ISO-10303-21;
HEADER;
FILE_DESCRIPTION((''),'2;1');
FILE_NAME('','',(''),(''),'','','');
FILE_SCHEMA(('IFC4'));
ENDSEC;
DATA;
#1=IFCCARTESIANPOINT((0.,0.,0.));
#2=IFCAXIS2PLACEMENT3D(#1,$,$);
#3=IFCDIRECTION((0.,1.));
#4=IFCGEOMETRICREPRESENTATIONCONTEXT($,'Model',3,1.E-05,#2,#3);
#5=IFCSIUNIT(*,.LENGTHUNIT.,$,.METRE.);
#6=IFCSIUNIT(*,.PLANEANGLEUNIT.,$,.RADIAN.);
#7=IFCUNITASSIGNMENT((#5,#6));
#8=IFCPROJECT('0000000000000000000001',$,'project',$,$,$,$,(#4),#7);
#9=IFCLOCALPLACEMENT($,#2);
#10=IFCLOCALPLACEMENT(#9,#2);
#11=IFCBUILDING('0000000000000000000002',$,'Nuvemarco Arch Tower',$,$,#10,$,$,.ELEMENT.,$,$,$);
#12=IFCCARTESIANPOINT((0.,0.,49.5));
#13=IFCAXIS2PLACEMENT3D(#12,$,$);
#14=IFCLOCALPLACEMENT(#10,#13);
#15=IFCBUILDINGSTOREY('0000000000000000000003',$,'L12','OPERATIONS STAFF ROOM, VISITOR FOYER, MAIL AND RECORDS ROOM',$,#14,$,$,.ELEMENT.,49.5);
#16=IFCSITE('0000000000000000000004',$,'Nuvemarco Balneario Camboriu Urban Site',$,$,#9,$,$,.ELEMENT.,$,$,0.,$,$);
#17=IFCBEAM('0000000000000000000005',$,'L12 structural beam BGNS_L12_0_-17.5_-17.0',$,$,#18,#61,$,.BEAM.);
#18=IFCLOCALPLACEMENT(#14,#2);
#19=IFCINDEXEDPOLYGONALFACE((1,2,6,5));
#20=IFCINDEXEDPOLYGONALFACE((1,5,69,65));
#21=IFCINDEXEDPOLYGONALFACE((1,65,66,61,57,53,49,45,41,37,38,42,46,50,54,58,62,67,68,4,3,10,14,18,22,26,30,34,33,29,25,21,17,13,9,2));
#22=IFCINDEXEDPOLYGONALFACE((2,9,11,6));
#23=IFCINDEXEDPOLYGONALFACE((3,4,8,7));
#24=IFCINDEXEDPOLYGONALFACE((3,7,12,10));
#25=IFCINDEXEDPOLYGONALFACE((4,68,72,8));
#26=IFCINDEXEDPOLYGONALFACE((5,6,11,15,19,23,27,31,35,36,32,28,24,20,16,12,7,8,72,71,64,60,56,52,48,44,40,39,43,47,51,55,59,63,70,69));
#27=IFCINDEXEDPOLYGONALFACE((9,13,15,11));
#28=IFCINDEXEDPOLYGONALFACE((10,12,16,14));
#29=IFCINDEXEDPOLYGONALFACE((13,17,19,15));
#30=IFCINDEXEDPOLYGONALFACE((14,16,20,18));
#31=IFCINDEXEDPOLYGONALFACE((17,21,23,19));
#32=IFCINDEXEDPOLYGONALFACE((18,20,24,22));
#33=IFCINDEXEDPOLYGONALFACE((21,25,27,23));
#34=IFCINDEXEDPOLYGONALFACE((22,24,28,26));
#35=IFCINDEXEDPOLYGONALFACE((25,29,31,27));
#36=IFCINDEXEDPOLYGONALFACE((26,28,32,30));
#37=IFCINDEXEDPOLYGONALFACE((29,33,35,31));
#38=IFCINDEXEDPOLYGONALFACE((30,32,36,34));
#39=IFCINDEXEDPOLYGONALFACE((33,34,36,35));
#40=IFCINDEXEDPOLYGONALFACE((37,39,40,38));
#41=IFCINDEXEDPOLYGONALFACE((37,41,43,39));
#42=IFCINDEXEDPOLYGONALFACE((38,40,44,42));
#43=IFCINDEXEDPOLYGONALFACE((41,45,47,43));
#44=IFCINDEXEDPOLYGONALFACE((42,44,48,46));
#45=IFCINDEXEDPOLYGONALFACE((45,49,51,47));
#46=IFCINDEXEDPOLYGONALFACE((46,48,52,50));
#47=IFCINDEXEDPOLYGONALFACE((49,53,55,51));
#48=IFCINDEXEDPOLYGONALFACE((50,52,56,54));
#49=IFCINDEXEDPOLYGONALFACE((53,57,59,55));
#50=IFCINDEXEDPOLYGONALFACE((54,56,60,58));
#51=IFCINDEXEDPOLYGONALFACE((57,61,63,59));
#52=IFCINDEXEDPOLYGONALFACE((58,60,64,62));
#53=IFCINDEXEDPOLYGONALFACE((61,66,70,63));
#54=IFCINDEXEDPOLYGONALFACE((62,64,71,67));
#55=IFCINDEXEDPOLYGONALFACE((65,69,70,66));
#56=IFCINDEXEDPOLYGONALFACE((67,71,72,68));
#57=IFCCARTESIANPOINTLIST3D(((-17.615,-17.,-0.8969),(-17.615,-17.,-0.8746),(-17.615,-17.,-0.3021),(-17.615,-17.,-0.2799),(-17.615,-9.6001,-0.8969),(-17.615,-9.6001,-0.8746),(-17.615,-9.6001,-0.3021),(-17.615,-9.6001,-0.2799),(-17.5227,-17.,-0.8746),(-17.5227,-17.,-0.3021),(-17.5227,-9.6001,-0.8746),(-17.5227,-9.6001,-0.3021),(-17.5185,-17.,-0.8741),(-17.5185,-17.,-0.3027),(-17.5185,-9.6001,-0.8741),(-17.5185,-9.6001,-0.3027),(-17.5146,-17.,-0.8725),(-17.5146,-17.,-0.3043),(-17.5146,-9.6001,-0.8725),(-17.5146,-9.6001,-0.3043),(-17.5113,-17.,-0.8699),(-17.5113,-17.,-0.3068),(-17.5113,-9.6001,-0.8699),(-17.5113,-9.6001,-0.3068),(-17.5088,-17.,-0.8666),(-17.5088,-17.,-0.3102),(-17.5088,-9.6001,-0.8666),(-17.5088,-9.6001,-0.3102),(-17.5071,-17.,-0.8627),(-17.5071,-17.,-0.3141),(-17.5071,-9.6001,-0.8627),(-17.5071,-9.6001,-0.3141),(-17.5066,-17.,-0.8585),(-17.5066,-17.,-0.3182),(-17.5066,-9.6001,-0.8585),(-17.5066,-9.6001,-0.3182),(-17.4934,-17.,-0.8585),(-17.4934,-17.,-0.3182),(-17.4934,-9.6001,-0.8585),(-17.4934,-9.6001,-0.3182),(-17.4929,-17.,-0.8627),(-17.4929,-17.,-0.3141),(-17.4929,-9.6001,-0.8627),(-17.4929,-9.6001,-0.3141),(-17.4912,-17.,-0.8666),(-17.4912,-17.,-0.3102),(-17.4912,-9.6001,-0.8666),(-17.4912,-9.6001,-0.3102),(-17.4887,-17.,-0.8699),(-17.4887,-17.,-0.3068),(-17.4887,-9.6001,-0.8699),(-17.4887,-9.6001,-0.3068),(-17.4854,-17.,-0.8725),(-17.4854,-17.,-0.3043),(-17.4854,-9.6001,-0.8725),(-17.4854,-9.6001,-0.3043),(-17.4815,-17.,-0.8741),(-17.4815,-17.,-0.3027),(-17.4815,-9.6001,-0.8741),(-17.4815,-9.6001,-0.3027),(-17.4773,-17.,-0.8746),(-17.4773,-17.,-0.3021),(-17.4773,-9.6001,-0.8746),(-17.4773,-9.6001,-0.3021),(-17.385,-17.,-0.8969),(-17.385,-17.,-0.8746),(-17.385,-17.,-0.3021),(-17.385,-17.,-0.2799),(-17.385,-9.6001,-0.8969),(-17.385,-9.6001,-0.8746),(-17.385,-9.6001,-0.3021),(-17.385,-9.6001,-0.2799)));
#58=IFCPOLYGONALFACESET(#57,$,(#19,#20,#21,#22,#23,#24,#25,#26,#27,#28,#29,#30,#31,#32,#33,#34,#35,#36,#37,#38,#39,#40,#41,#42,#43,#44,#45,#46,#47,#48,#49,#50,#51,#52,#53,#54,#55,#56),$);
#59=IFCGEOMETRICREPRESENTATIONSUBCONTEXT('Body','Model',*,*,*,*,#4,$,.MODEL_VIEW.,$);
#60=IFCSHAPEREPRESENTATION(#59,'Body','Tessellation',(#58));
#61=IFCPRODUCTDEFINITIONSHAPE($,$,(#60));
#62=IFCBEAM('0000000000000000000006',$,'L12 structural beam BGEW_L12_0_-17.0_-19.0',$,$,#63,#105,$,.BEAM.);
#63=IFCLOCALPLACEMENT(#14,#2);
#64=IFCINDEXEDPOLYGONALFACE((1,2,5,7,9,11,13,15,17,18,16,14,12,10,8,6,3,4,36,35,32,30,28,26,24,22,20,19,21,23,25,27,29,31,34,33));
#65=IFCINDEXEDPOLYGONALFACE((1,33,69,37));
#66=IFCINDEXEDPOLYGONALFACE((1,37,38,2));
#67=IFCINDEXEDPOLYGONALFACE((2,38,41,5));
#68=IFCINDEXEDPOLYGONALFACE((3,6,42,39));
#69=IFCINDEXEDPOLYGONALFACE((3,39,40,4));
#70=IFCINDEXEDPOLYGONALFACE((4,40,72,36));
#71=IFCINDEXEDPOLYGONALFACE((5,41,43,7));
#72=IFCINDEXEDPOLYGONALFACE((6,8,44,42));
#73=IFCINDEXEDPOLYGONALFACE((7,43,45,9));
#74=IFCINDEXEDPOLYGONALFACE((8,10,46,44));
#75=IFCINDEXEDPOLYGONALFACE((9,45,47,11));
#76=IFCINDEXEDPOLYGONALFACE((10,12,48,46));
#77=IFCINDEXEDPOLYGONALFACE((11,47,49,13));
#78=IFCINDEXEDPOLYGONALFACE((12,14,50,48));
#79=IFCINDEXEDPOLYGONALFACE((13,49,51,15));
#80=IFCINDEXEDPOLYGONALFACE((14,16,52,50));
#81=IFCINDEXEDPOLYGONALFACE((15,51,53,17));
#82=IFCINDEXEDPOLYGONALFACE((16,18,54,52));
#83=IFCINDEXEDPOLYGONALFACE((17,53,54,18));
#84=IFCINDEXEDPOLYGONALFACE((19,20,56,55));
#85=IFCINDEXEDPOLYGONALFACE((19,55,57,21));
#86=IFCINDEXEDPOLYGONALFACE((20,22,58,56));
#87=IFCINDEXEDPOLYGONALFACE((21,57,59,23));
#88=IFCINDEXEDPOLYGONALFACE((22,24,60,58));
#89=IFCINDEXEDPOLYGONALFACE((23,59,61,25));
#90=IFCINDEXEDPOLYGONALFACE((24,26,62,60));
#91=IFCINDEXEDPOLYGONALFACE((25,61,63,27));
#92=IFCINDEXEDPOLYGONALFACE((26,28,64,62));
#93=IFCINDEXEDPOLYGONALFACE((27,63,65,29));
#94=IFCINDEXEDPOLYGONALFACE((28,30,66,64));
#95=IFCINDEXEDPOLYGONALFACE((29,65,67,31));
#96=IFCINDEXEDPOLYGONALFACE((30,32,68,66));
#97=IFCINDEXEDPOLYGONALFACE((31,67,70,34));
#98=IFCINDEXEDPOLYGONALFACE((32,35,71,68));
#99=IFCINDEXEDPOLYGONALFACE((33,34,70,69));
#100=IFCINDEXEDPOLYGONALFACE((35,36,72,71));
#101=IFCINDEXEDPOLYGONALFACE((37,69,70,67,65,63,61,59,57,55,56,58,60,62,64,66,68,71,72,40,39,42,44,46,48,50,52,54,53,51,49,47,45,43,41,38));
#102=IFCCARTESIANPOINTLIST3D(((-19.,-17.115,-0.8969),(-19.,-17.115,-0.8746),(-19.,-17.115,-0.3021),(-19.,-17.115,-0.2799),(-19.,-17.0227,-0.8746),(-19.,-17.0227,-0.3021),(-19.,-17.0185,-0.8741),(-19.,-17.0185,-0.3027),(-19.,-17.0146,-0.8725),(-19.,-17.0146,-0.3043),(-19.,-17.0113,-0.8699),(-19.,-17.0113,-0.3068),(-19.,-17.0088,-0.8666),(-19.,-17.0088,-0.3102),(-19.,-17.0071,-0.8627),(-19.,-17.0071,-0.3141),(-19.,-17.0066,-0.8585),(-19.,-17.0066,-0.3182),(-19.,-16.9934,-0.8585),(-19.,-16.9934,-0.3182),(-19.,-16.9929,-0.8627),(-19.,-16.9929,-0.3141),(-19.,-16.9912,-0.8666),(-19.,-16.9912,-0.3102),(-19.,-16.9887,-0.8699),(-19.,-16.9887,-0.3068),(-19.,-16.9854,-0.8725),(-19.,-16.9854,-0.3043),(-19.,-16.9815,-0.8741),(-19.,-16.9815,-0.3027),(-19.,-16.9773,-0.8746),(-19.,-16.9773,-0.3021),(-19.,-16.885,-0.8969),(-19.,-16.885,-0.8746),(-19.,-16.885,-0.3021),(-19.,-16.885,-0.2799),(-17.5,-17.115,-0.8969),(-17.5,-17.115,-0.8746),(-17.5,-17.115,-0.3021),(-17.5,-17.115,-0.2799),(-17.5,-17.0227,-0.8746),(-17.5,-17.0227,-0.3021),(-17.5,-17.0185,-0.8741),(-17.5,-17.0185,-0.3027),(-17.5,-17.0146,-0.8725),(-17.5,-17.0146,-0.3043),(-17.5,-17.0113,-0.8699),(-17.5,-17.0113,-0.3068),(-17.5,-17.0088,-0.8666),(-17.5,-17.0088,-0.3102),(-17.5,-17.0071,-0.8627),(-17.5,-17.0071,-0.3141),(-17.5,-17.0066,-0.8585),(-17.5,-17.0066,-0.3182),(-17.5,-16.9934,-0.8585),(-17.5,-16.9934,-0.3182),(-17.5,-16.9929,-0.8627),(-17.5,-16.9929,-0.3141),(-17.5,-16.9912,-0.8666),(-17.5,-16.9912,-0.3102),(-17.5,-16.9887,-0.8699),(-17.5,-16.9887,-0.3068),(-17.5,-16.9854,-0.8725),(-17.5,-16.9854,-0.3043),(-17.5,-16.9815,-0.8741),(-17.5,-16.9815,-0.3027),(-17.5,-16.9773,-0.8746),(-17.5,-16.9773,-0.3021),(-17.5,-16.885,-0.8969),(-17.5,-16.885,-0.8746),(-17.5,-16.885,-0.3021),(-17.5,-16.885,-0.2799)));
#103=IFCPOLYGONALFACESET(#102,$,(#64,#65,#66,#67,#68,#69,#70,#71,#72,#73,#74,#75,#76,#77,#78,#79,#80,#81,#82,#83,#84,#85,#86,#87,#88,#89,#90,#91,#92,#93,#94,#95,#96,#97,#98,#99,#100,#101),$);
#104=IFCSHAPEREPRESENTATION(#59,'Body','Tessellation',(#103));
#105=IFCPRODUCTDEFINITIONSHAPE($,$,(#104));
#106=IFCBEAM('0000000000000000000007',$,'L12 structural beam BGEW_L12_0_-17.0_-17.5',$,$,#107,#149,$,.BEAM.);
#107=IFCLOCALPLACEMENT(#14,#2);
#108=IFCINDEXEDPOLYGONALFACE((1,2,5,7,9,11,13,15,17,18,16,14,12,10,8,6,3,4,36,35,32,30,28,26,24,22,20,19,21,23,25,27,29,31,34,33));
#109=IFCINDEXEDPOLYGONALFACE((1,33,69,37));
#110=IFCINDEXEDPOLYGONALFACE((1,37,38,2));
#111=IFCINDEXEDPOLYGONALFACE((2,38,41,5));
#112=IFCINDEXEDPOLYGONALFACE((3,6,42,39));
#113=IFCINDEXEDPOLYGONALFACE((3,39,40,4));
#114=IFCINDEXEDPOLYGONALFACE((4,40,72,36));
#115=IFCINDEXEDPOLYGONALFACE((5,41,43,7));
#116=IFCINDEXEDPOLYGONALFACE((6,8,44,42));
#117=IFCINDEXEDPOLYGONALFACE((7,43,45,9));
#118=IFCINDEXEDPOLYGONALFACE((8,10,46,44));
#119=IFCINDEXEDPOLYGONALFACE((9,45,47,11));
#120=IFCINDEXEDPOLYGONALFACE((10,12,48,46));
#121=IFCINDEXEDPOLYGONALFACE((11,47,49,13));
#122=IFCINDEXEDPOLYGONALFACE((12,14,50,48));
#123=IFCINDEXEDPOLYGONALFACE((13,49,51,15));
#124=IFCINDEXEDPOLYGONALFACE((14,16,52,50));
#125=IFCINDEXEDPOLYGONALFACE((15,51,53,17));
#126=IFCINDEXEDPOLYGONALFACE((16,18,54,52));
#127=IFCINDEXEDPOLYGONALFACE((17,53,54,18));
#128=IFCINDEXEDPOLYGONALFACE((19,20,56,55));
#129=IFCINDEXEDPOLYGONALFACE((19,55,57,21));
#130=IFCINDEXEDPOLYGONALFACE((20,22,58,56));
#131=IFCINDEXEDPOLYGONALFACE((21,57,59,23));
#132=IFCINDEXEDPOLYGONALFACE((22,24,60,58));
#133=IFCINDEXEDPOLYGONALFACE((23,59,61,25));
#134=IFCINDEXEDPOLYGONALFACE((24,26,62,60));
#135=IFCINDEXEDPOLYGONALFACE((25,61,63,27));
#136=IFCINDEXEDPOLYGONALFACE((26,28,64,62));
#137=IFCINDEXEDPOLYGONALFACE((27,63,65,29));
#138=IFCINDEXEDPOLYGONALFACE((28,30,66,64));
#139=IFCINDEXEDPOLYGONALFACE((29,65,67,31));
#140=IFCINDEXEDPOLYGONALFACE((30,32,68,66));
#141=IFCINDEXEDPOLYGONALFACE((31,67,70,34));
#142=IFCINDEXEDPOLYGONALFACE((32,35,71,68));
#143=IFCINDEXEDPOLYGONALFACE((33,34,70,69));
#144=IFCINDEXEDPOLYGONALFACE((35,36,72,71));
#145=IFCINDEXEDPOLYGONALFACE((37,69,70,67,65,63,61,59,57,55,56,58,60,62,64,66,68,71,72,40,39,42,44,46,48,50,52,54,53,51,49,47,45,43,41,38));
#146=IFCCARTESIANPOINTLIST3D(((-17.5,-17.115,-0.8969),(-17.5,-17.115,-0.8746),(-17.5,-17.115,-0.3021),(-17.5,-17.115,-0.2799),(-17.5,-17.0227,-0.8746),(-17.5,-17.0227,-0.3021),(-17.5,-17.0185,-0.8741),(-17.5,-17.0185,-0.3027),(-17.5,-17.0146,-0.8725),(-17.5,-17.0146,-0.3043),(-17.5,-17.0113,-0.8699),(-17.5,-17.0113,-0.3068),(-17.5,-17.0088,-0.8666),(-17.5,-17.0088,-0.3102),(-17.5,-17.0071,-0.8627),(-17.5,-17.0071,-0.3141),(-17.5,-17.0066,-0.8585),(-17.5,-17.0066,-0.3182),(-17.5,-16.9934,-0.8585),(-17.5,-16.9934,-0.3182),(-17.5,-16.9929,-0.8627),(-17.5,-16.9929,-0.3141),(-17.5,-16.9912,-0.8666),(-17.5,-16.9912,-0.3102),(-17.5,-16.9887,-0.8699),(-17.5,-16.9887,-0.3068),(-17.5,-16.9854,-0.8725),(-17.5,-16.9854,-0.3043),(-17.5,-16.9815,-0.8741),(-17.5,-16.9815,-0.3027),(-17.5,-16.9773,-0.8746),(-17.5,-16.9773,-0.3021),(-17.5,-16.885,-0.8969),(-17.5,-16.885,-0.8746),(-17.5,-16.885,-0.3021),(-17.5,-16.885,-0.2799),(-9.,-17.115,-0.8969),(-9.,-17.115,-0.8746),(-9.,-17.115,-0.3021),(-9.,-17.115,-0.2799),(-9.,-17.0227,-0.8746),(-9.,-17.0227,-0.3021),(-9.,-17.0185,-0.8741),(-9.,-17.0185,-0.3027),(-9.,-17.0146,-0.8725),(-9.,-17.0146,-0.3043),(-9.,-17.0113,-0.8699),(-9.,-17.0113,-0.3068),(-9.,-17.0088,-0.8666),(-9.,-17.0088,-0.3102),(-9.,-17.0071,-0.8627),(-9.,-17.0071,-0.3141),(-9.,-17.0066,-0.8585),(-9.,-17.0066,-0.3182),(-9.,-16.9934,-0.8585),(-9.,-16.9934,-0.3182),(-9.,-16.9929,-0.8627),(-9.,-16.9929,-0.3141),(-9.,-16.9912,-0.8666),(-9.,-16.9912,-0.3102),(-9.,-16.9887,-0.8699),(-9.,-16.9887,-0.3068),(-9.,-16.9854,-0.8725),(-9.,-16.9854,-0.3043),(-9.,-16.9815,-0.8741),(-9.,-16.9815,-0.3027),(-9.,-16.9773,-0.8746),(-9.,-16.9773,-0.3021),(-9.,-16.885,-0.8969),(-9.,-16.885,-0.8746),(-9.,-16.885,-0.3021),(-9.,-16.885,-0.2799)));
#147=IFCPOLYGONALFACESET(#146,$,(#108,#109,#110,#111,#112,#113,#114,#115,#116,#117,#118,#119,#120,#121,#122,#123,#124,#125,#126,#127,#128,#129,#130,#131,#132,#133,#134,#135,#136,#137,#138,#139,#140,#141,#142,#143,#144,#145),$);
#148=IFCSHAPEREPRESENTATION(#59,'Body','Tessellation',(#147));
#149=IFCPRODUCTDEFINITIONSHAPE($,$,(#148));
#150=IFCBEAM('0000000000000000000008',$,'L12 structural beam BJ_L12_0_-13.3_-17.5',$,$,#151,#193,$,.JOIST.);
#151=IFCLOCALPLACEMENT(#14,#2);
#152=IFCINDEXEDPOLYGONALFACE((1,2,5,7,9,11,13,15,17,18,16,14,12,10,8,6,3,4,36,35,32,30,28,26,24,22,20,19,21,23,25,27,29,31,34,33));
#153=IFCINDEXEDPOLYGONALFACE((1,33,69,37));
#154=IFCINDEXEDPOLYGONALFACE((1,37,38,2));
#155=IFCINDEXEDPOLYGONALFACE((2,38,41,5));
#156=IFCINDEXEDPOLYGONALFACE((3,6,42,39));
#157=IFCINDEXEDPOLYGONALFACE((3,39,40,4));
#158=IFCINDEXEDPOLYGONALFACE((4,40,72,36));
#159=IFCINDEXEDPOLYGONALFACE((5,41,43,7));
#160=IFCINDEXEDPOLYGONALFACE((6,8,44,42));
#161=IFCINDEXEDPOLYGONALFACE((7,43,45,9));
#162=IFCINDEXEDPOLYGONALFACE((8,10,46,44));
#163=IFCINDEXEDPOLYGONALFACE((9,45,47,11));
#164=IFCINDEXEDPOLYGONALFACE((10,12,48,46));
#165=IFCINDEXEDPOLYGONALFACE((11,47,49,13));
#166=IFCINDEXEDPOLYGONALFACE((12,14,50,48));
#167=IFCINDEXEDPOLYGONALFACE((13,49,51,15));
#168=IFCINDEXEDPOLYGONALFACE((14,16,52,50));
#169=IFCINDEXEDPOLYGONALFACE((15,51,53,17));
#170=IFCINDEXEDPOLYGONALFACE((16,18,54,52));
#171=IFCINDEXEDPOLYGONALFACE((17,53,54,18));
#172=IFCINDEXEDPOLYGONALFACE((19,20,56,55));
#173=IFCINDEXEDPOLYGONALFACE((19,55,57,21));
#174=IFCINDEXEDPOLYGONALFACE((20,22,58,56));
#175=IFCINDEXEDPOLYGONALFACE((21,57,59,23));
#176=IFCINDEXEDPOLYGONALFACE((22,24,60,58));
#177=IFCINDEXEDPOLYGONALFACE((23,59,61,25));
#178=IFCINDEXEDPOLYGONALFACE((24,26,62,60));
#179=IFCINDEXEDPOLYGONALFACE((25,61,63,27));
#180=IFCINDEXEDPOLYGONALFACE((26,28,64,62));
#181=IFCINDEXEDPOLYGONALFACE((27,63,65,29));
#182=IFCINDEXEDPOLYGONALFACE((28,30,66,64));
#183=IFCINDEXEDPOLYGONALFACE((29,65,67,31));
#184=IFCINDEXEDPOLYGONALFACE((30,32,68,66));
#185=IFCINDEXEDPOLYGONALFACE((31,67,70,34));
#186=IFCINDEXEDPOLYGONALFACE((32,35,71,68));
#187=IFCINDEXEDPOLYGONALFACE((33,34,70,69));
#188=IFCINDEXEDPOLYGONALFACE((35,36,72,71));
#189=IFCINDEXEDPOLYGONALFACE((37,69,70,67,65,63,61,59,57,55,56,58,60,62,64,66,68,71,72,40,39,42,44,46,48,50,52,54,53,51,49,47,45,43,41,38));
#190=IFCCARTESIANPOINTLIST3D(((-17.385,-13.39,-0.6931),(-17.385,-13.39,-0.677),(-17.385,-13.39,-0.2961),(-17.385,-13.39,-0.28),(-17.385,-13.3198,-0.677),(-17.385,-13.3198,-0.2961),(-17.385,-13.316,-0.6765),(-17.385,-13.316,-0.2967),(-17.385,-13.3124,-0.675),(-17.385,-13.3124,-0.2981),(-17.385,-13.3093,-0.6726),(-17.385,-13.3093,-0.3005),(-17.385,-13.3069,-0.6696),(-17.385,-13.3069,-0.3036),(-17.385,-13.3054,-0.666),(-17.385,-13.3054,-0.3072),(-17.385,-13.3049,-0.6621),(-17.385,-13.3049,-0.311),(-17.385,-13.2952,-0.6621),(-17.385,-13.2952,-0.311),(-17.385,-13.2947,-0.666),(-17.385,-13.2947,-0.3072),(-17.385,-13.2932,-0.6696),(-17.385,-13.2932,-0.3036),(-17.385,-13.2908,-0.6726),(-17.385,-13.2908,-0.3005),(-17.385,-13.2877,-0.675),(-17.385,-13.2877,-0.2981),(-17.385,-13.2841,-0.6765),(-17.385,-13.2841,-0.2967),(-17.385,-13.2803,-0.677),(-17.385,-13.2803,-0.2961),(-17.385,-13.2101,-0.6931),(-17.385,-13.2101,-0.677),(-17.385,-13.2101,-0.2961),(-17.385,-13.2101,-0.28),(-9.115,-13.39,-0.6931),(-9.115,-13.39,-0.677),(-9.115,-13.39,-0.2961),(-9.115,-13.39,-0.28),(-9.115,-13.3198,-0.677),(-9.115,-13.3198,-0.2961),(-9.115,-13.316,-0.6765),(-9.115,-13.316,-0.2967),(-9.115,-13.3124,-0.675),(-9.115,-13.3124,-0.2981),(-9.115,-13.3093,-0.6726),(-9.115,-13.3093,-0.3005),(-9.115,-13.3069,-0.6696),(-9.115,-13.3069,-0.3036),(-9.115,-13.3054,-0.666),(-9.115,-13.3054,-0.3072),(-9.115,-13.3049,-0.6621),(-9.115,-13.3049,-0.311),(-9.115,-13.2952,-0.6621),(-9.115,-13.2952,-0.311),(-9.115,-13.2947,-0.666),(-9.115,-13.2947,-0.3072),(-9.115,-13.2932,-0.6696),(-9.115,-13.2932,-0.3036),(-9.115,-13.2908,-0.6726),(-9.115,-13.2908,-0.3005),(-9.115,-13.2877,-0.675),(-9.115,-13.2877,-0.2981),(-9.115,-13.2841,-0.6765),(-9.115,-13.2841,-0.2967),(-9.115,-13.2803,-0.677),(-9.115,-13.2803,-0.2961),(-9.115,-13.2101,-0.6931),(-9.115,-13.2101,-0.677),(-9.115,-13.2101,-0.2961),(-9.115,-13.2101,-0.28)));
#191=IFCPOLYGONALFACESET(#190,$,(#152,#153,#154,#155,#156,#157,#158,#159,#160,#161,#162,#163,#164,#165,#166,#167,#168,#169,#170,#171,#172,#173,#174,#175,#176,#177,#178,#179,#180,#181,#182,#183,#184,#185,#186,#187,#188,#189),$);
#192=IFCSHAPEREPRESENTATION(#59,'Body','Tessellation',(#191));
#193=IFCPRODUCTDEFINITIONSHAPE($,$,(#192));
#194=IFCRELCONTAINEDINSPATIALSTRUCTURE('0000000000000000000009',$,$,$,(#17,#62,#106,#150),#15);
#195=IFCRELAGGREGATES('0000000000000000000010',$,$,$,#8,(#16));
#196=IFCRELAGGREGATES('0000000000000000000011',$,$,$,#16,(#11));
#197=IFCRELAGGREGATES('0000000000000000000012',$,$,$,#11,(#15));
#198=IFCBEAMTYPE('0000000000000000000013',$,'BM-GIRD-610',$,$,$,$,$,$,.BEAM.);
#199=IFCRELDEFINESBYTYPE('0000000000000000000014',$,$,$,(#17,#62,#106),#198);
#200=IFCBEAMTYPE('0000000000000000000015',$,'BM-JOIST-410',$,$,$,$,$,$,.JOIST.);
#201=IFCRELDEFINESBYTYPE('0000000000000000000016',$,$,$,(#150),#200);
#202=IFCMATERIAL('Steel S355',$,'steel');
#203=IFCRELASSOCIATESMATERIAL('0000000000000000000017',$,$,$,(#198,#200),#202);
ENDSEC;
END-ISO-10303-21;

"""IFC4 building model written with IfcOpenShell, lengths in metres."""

from ifc_helpers import new_model, si_unit, direction, frame, origin, origin_2d, place, context, subcontext, project, spatial, i_section, extrude, material, material_profile, profile_set, type_object, element, save


model = new_model("IFC4")

# Units and contexts
model_context = context("Model", 3, precision=1e-05, world=origin(), true_north=direction((0.0, 1.0)))
body_context = subcontext(model_context, "Body", "Model", "MODEL_VIEW")
ifc_project = project(units=[si_unit("LENGTHUNIT", "METRE"), si_unit("PLANEANGLEUNIT", "RADIAN")], contexts=[model_context])

# Site, building, storey
site_placement = place(None, origin())
site = spatial("IfcSite", under=ifc_project, at=site_placement, Name="Nuvemarco Balneario Camboriu Urban Site", CompositionType="ELEMENT", RefElevation=0.0)
building_placement = place(site_placement, origin())
building = spatial("IfcBuilding", under=site, at=building_placement, Name="Nuvemarco Arch Tower", CompositionType="ELEMENT")
storey_placement = place(building_placement, frame((0.0, 0.0, 49.5)))
storey = spatial("IfcBuildingStorey", under=building, at=storey_placement, Name="L12", Description="OPERATIONS STAFF ROOM, VISITOR FOYER, MAIL AND RECORDS ROOM", CompositionType="ELEMENT", Elevation=49.5)

# Shared definitions
ifc_material_1 = material(Name="Steel S355", Category="steel")

# Beams
ifc_material_profile_1 = material_profile(ifc_material_1, i_section(OverallWidth=0.23, OverallDepth=0.6169, WebThickness=0.0132, FlangeThickness=0.0222, FilletRadius=0.0161, at=origin_2d()), Name="W610x140")
ifc_profile_set_1 = profile_set([ifc_material_profile_1], Name="Steel S355")
beam_type_1 = type_object("IfcBeamType", Name="BM-GIRD-610", PredefinedType="BEAM", material=ifc_profile_set_1)
beam_1_placement = place(storey_placement, frame((-17.5, -17.0, -0.5884), z_axis=(0.0, 1.0, 0.0), x_axis=(-1.0, 0.0, 0.0)))
element("IfcBeam", 1, at=beam_1_placement, inside=storey, type_object=beam_type_1, Name="L12 structural beam BGNS_L12_0_-17.5_-17.0", PredefinedType="BEAM", context=body_context, shape_type="SweptSolid", body=[
    extrude(i_section(OverallWidth=0.23, OverallDepth=0.6169, WebThickness=0.0132, FlangeThickness=0.0222, FilletRadius=0.0161, at=origin_2d()), origin(), (0.0, 0.0, 1.0), 7.3999),
])
beam_2_placement = place(storey_placement, frame((-19.0, -17.0, -0.5884), z_axis=(1.0, 0.0, 0.0), x_axis=(0.0, 1.0, 0.0)))
element("IfcBeam", 2, at=beam_2_placement, inside=storey, type_object=beam_type_1, Name="L12 structural beam BGEW_L12_0_-17.0_-19.0", PredefinedType="BEAM", context=body_context, shape_type="SweptSolid", body=[
    extrude(i_section(OverallWidth=0.23, OverallDepth=0.6169, WebThickness=0.0132, FlangeThickness=0.0222, FilletRadius=0.0161, at=origin_2d()), origin(), (0.0, 0.0, 1.0), 1.5),
])
beam_3_placement = place(storey_placement, frame((-17.5, -17.0, -0.5884), z_axis=(1.0, 0.0, 0.0), x_axis=(0.0, 1.0, 0.0)))
element("IfcBeam", 3, at=beam_3_placement, inside=storey, type_object=beam_type_1, Name="L12 structural beam BGEW_L12_0_-17.0_-17.5", PredefinedType="BEAM", context=body_context, shape_type="SweptSolid", body=[
    extrude(i_section(OverallWidth=0.23, OverallDepth=0.6169, WebThickness=0.0132, FlangeThickness=0.0222, FilletRadius=0.0161, at=origin_2d()), origin(), (0.0, 0.0, 1.0), 8.5),
])
ifc_material_profile_2 = material_profile(ifc_material_1, i_section(OverallWidth=0.1799, OverallDepth=0.4131, WebThickness=0.0098, FlangeThickness=0.0161, FilletRadius=0.0149, at=origin_2d()), Name="W410x75")
ifc_profile_set_2 = profile_set([ifc_material_profile_2], Name="Steel S355")
beam_type_2 = type_object("IfcBeamType", Name="BM-JOIST-410", PredefinedType="JOIST", material=ifc_profile_set_2)
beam_4_placement = place(storey_placement, frame((-17.385, -13.3, -0.4866), z_axis=(1.0, 0.0, 0.0), x_axis=(0.0, 1.0, 0.0)))
element("IfcBeam", 4, at=beam_4_placement, inside=storey, type_object=beam_type_2, Name="L12 structural beam BJ_L12_0_-13.3_-17.5", PredefinedType="JOIST", context=body_context, shape_type="SweptSolid", body=[
    extrude(i_section(OverallWidth=0.1799, OverallDepth=0.4131, WebThickness=0.0098, FlangeThickness=0.0161, FilletRadius=0.0149, at=origin_2d()), origin(), (0.0, 0.0, 1.0), 8.27),
])

save(model, "model.ifc")
